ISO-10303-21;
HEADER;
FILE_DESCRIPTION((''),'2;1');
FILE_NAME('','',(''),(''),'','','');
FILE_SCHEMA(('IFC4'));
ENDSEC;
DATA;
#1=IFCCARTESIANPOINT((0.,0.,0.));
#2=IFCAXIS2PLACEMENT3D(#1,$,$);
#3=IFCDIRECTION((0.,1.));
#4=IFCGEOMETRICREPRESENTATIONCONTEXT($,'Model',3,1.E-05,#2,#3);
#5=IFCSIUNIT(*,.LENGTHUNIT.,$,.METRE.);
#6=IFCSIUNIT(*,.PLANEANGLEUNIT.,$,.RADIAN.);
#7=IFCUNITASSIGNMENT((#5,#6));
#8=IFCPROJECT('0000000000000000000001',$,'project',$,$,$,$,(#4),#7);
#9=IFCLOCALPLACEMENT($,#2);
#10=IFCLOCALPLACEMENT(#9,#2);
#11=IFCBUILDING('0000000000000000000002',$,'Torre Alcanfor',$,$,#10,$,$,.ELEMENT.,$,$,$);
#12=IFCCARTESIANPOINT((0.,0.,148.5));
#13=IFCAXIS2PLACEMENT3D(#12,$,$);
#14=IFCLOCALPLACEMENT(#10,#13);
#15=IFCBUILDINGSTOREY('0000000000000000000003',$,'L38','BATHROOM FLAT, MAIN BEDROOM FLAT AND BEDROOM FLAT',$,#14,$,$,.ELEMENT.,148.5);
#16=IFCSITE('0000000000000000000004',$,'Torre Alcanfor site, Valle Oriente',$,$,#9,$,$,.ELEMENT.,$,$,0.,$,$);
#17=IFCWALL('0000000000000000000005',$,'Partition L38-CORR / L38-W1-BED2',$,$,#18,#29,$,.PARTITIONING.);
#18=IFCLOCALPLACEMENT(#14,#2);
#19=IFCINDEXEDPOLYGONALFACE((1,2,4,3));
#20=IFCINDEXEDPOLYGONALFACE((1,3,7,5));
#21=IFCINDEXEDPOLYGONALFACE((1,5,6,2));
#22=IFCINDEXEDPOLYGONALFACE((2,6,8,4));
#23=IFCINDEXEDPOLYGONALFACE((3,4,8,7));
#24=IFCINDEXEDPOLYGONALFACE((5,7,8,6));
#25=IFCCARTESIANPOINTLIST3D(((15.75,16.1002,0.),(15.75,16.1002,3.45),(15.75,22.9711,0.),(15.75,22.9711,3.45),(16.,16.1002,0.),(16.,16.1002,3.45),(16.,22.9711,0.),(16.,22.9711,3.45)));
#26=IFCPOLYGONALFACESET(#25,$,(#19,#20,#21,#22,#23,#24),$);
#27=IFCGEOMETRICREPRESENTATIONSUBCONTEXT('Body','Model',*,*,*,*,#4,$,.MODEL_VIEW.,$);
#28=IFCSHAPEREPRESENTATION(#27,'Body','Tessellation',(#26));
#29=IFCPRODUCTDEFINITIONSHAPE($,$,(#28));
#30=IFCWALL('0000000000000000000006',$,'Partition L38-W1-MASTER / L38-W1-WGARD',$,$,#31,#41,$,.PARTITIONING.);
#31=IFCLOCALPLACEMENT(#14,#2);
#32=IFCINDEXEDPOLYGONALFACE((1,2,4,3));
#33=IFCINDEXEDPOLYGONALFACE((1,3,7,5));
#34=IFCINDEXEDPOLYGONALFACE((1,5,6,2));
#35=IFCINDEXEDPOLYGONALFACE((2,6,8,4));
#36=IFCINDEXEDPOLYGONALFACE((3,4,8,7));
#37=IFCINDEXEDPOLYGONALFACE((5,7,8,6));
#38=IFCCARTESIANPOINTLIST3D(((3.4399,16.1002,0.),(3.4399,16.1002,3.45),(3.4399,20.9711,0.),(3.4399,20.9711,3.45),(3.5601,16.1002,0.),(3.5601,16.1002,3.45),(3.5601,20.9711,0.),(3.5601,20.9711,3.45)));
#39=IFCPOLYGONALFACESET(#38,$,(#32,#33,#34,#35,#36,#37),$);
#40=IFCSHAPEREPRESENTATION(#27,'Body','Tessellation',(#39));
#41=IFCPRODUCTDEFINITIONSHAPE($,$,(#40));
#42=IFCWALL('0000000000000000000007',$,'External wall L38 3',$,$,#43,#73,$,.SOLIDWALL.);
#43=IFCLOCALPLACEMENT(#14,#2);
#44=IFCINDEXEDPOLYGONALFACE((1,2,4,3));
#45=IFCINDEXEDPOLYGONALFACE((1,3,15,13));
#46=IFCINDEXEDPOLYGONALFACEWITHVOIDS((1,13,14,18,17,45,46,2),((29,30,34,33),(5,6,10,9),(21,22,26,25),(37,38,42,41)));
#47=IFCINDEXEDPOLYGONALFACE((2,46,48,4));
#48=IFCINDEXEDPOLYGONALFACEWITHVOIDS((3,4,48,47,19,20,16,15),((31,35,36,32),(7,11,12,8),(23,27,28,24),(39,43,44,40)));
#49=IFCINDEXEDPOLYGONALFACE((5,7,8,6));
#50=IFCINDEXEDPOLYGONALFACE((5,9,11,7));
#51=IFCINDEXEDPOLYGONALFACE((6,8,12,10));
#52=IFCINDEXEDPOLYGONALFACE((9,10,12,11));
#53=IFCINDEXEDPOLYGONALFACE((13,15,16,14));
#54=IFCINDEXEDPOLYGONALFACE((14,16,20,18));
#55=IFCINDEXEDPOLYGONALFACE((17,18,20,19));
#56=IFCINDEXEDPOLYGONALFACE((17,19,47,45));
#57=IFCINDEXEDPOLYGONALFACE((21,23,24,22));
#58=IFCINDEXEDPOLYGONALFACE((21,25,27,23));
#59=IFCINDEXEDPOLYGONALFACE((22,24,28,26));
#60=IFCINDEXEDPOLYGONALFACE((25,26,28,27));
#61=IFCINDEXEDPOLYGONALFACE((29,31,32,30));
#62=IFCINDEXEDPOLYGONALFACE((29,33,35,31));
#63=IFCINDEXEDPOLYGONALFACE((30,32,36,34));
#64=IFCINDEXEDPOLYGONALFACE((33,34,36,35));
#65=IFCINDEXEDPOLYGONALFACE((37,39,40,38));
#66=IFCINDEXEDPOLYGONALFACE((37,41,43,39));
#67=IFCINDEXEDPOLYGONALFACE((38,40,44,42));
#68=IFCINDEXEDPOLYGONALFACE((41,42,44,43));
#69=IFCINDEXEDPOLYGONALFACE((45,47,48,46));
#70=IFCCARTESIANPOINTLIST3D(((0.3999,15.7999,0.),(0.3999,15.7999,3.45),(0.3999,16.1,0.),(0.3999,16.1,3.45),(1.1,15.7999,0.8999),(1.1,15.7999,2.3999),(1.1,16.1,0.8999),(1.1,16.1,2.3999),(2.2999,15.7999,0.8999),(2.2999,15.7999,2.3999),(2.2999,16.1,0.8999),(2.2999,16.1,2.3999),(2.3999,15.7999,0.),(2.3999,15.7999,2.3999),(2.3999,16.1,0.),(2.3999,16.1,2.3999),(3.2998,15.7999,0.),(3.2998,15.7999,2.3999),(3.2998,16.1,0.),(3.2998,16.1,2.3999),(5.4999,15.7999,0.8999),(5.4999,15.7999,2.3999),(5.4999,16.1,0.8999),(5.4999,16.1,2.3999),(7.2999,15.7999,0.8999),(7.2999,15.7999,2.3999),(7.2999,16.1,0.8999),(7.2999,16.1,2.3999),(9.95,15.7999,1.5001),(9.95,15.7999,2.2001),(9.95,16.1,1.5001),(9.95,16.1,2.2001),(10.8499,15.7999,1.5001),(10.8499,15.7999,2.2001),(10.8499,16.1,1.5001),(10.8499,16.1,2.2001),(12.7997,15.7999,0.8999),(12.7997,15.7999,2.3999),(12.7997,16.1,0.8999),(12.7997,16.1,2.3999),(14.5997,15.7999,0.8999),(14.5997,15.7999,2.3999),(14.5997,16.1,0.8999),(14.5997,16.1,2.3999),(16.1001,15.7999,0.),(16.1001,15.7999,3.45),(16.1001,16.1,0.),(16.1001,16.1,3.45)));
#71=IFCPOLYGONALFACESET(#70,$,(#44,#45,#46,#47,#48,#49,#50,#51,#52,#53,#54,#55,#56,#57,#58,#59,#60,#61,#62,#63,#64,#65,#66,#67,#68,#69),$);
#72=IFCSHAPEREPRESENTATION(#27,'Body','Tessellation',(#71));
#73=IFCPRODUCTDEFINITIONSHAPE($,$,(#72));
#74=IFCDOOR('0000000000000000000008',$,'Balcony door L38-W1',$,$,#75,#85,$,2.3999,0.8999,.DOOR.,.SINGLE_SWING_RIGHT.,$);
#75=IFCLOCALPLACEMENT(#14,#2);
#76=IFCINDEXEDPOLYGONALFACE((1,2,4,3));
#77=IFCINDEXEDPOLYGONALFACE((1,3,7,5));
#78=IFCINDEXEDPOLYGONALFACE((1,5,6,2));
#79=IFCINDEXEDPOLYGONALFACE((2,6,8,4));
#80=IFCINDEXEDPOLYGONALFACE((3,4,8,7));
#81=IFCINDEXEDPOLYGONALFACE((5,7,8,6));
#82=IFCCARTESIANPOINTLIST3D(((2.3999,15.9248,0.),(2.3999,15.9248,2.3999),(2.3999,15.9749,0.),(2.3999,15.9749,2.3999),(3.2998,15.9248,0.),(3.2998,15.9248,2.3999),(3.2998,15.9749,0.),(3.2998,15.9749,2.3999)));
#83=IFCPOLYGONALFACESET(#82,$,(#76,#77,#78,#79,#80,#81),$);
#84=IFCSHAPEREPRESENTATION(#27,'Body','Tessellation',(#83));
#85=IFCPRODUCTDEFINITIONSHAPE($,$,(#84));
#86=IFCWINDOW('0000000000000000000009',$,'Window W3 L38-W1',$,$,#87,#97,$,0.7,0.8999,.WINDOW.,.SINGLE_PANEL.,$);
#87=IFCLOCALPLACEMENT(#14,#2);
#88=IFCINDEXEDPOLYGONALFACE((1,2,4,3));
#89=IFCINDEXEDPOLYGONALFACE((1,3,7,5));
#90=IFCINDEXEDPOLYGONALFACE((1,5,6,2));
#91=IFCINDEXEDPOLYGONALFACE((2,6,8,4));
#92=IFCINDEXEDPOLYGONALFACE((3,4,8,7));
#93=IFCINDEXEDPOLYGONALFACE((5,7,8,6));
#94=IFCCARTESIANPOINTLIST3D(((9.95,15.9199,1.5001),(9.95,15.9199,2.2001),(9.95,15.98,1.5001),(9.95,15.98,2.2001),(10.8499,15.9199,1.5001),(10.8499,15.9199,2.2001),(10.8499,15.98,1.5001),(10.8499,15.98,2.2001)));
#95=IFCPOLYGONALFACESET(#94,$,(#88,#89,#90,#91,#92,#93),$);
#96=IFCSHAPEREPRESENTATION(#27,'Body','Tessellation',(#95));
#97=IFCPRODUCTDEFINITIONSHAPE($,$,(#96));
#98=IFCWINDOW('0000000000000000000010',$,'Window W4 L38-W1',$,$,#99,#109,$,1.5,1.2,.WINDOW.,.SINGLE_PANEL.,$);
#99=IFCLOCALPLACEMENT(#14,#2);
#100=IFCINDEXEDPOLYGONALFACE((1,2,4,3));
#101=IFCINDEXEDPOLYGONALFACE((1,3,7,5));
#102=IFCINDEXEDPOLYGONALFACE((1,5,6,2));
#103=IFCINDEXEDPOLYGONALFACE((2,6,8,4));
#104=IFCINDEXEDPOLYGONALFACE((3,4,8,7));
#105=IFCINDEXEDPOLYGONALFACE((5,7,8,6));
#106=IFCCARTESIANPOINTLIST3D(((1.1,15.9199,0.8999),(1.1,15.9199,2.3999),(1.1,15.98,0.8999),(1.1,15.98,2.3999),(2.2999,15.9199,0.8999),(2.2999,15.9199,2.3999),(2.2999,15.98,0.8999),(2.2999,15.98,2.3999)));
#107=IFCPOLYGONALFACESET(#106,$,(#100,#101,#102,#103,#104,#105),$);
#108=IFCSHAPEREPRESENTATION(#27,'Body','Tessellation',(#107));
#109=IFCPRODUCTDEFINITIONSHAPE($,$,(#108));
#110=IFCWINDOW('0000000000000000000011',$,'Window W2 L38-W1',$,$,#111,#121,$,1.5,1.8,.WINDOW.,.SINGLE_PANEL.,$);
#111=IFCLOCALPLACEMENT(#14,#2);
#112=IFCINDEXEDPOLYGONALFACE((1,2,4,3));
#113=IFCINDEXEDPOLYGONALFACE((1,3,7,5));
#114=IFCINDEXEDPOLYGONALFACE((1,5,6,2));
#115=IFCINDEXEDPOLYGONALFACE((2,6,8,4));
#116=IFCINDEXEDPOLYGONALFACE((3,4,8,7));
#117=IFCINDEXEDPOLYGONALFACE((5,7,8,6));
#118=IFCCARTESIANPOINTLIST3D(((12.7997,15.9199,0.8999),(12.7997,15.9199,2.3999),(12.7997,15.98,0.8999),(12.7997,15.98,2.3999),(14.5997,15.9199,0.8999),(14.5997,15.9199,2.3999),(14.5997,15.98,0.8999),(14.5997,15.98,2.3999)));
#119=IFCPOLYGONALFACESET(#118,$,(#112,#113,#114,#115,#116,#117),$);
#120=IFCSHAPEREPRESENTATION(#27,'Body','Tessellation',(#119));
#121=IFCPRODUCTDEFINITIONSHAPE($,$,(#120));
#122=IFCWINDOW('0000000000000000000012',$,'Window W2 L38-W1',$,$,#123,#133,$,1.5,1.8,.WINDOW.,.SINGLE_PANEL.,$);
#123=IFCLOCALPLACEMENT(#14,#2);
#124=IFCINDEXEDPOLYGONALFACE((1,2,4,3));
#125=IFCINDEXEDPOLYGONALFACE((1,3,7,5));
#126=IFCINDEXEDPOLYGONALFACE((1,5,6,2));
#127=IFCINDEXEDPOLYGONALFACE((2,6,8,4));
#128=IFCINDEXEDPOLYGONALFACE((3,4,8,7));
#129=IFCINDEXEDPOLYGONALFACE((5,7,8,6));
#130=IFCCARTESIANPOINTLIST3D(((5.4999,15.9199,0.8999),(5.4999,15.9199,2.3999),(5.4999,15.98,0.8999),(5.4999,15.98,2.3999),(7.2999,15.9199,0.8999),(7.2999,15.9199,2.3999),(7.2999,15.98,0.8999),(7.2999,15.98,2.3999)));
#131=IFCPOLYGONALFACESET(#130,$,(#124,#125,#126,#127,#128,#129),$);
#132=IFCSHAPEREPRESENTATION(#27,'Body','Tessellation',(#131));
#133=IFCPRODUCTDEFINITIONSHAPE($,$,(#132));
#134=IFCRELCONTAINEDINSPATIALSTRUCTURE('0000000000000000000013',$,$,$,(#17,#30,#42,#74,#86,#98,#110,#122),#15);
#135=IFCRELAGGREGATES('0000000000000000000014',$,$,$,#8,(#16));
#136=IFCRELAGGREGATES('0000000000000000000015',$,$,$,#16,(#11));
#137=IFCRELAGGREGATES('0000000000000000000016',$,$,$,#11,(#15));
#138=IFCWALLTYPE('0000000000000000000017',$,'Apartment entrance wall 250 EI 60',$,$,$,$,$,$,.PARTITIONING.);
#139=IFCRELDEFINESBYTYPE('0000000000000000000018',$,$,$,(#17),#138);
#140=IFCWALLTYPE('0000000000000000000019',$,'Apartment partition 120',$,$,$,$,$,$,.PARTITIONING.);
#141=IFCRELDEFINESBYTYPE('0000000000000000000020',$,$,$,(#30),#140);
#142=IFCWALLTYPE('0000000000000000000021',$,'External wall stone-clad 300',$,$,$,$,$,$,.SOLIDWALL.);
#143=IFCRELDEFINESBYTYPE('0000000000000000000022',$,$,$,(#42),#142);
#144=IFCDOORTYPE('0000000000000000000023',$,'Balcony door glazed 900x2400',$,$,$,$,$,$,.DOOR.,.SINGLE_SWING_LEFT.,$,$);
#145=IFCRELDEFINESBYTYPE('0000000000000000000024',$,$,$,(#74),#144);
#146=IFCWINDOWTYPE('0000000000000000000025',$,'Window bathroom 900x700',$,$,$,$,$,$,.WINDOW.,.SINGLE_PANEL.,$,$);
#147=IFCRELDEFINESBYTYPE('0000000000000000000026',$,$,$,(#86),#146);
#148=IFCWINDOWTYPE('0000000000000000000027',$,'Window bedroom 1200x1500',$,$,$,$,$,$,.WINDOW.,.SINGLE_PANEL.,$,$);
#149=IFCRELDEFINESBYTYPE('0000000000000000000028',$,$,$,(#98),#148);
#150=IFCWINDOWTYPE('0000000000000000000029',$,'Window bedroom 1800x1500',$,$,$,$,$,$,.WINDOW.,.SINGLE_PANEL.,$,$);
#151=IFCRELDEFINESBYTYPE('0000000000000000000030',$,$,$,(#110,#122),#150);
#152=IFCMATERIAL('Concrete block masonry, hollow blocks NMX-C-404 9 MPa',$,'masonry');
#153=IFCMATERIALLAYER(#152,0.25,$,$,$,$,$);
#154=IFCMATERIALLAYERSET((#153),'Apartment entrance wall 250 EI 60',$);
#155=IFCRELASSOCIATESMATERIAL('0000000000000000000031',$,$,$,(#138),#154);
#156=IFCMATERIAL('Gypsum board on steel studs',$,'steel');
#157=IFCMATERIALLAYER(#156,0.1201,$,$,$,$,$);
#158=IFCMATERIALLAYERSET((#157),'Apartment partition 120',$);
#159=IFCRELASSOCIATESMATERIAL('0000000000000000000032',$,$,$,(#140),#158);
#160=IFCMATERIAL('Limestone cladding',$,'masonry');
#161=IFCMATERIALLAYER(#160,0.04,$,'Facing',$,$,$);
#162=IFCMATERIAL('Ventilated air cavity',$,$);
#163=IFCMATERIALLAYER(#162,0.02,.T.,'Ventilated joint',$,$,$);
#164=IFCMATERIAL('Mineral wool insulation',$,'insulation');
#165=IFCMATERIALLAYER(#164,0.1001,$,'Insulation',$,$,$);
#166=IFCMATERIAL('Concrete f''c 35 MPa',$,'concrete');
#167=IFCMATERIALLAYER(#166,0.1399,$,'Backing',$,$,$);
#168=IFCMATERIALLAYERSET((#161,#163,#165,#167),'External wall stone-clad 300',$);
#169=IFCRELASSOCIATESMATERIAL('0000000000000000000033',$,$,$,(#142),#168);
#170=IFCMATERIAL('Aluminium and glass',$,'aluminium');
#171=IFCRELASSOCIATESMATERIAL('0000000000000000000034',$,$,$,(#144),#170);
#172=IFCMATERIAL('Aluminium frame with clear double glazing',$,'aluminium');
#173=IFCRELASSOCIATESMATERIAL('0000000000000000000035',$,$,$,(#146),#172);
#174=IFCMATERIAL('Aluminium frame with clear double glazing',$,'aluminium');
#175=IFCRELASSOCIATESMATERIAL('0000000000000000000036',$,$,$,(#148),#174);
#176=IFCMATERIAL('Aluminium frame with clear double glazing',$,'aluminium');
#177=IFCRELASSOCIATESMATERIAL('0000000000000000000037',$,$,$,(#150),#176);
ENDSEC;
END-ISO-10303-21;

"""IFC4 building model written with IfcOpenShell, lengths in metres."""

from ifc_helpers import new_model, si_unit, direction, frame, frame_2d, origin, place, context, subcontext, project, spatial, rectangle, extrude, material, layer, layer_set, type_object, element, fill, save


model = new_model("IFC4")

# Units and contexts
model_context = context("Model", 3, precision=1e-05, world=origin(), true_north=direction((0.0, 1.0)))
body_context = subcontext(model_context, "Body", "Model", "MODEL_VIEW")
ifc_project = project(units=[si_unit("LENGTHUNIT", "METRE"), si_unit("PLANEANGLEUNIT", "RADIAN")], contexts=[model_context])

# Site, building, storey
site_placement = place(None, origin())
site = spatial("IfcSite", under=ifc_project, at=site_placement, Name="Torre Alcanfor site, Valle Oriente", CompositionType="ELEMENT", RefElevation=0.0)
building_placement = place(site_placement, origin())
building = spatial("IfcBuilding", under=site, at=building_placement, Name="Torre Alcanfor", CompositionType="ELEMENT")
storey_placement = place(building_placement, frame((0.0, 0.0, 148.5)))
storey = spatial("IfcBuildingStorey", under=building, at=storey_placement, Name="L38", Description="BATHROOM FLAT, MAIN BEDROOM FLAT AND BEDROOM FLAT", CompositionType="ELEMENT", Elevation=148.5)

# Walls
ifc_material_1 = material(Name="Concrete block masonry, hollow blocks NMX-C-404 9 MPa", Category="masonry")
ifc_layer_1 = layer(ifc_material_1, 0.25)
ifc_layer_set_1 = layer_set([ifc_layer_1], Name="Apartment entrance wall 250 EI 60")
wall_type_1 = type_object("IfcWallType", Name="Apartment entrance wall 250 EI 60", PredefinedType="PARTITIONING", material=ifc_layer_set_1)
wall_1_placement = place(storey_placement, frame((15.875, 16.1001, 0.0), z_axis=(0.0, 0.0, 1.0), x_axis=(0.0, 1.0, 0.0)))
element("IfcWall", 1, at=wall_1_placement, inside=storey, type_object=wall_type_1, Name="Partition L38-CORR / L38-W1-BED2", PredefinedType="PARTITIONING", context=body_context, shape_type="SweptSolid", body=[
    extrude(rectangle(XDim=6.8708, YDim=0.25, at=frame_2d((3.4355, 0.0))), origin(), (0.0, 0.0, 1.0), 3.45),
])
ifc_material_2 = material(Name="Gypsum board on steel studs", Category="steel")
ifc_layer_2 = layer(ifc_material_2, 0.1201)
ifc_layer_set_2 = layer_set([ifc_layer_2], Name="Apartment partition 120")
wall_type_2 = type_object("IfcWallType", Name="Apartment partition 120", PredefinedType="PARTITIONING", material=ifc_layer_set_2)
wall_2_placement = place(storey_placement, frame((3.5, 16.1001, 0.0), z_axis=(0.0, 0.0, 1.0), x_axis=(0.0, 1.0, 0.0)))
element("IfcWall", 2, at=wall_2_placement, inside=storey, type_object=wall_type_2, Name="Partition L38-W1-MASTER / L38-W1-WGARD", PredefinedType="PARTITIONING", context=body_context, shape_type="SweptSolid", body=[
    extrude(rectangle(XDim=4.8708, YDim=0.1201, at=frame_2d((2.4355, 0.0))), origin(), (0.0, 0.0, 1.0), 3.45),
])

# Wall, openings, door, windows
ifc_material_3 = material(Name="Limestone cladding", Category="masonry")
ifc_layer_3 = layer(ifc_material_3, 0.04, Name="Facing")
ifc_material_4 = material(Name="Ventilated air cavity")
ifc_layer_4 = layer(ifc_material_4, 0.02, ventilated=True, Name="Ventilated joint")
ifc_material_5 = material(Name="Mineral wool insulation", Category="insulation")
ifc_layer_5 = layer(ifc_material_5, 0.1001, Name="Insulation")
ifc_material_6 = material(Name="Concrete f'c 35 MPa", Category="concrete")
ifc_layer_6 = layer(ifc_material_6, 0.1399, Name="Backing")
ifc_layer_set_3 = layer_set([ifc_layer_3, ifc_layer_4, ifc_layer_5, ifc_layer_6], Name="External wall stone-clad 300")
wall_type_3 = type_object("IfcWallType", Name="External wall stone-clad 300", PredefinedType="SOLIDWALL", material=ifc_layer_set_3)
wall_3_placement = place(storey_placement, frame((0.3999, 15.95, 0.0), z_axis=(0.0, 0.0, 1.0), x_axis=(1.0, 0.0, 0.0)))
wall_3 = element("IfcWall", 3, at=wall_3_placement, inside=storey, type_object=wall_type_3, Name="External wall L38 3", PredefinedType="SOLIDWALL", context=body_context, shape_type="SweptSolid", body=[
    extrude(rectangle(XDim=15.7002, YDim=0.3, at=frame_2d((7.8501, 0.0))), origin(), (0.0, 0.0, 1.0), 3.45),
])
opening_1_placement = place(wall_3_placement, frame((12.3999, 0.0, 0.8999)))
opening_1 = element("IfcOpeningElement", 4, at=opening_1_placement, cuts=wall_3, PredefinedType="OPENING", context=body_context, shape_type="SweptSolid", body=[
    extrude(rectangle(XDim=1.8, YDim=1.5, at=frame_2d((0.8999, 0.75))), frame((0.0, 0.1599, 0.0), z_axis=(0.0, -1.0, 0.0), x_axis=(1.0, 0.0, 0.0)), (0.0, 0.0, 1.0), 0.3201),
])
opening_2_placement = place(wall_3_placement, frame((9.55, 0.0, 1.5)))
opening_2 = element("IfcOpeningElement", 5, at=opening_2_placement, cuts=wall_3, PredefinedType="OPENING", context=body_context, shape_type="SweptSolid", body=[
    extrude(rectangle(XDim=0.8999, YDim=0.7, at=frame_2d((0.45, 0.3501))), frame((0.0, 0.1599, 0.0), z_axis=(0.0, -1.0, 0.0), x_axis=(1.0, 0.0, 0.0)), (0.0, 0.0, 1.0), 0.3201),
])
opening_3_placement = place(wall_3_placement, frame((5.1001, 0.0, 0.8999)))
opening_3 = element("IfcOpeningElement", 6, at=opening_3_placement, cuts=wall_3, PredefinedType="OPENING", context=body_context, shape_type="SweptSolid", body=[
    extrude(rectangle(XDim=1.8, YDim=1.5, at=frame_2d((0.8999, 0.75))), frame((0.0, 0.1599, 0.0), z_axis=(0.0, -1.0, 0.0), x_axis=(1.0, 0.0, 0.0)), (0.0, 0.0, 1.0), 0.3201),
])
opening_4_placement = place(wall_3_placement, frame((2.0, 0.0, 0.0)))
opening_4 = element("IfcOpeningElement", 7, at=opening_4_placement, cuts=wall_3, PredefinedType="OPENING", context=body_context, shape_type="SweptSolid", body=[
    extrude(rectangle(XDim=0.8999, YDim=2.3999, at=frame_2d((0.45, 1.2))), frame((0.0, 0.1599, 0.0), z_axis=(0.0, -1.0, 0.0), x_axis=(1.0, 0.0, 0.0)), (0.0, 0.0, 1.0), 0.3201),
])
opening_5_placement = place(wall_3_placement, frame((0.7, 0.0, 0.8999)))
opening_5 = element("IfcOpeningElement", 8, at=opening_5_placement, cuts=wall_3, PredefinedType="OPENING", context=body_context, shape_type="SweptSolid", body=[
    extrude(rectangle(XDim=1.2, YDim=1.5, at=frame_2d((0.6001, 0.75))), frame((0.0, 0.1599, 0.0), z_axis=(0.0, -1.0, 0.0), x_axis=(1.0, 0.0, 0.0)), (0.0, 0.0, 1.0), 0.3201),
])
ifc_material_7 = material(Name="Aluminium and glass", Category="aluminium")
door_type = type_object("IfcDoorType", Name="Balcony door glazed 900x2400", OperationType="SINGLE_SWING_LEFT", PredefinedType="DOOR", material=ifc_material_7)
door_placement = place(opening_4_placement, origin())
door = element("IfcDoor", 9, at=door_placement, inside=storey, type_object=door_type, Name="Balcony door L38-W1", OperationType="SINGLE_SWING_RIGHT", OverallHeight=2.3999, OverallWidth=0.8999, PredefinedType="DOOR", context=body_context, shape_type="SweptSolid", body=[
    extrude(rectangle(XDim=0.8999, YDim=2.3999, at=frame_2d((0.45, 1.2))), frame((0.0, 0.0249, 0.0), z_axis=(0.0, -1.0, 0.0), x_axis=(1.0, 0.0, 0.0)), (0.0, 0.0, 1.0), 0.05),
])
fill(opening_4, door)
ifc_material_8 = material(Name="Aluminium frame with clear double glazing", Category="aluminium")
window_type_1 = type_object("IfcWindowType", Name="Window bathroom 900x700", PartitioningType="SINGLE_PANEL", PredefinedType="WINDOW", material=ifc_material_8)
window_1_placement = place(opening_2_placement, origin())
window_1 = element("IfcWindow", 10, at=window_1_placement, inside=storey, type_object=window_type_1, Name="Window W3 L38-W1", OverallHeight=0.7, OverallWidth=0.8999, PartitioningType="SINGLE_PANEL", PredefinedType="WINDOW", context=body_context, shape_type="SweptSolid", body=[
    extrude(rectangle(XDim=0.8999, YDim=0.7, at=frame_2d((0.45, 0.3501))), frame((0.0, 0.03, 0.0), z_axis=(0.0, -1.0, 0.0), x_axis=(1.0, 0.0, 0.0)), (0.0, 0.0, 1.0), 0.0601),
])
fill(opening_2, window_1)
ifc_material_9 = material(Name="Aluminium frame with clear double glazing", Category="aluminium")
window_type_2 = type_object("IfcWindowType", Name="Window bedroom 1200x1500", PartitioningType="SINGLE_PANEL", PredefinedType="WINDOW", material=ifc_material_9)
window_2_placement = place(opening_5_placement, origin())
window_2 = element("IfcWindow", 11, at=window_2_placement, inside=storey, type_object=window_type_2, Name="Window W4 L38-W1", OverallHeight=1.5, OverallWidth=1.2, PartitioningType="SINGLE_PANEL", PredefinedType="WINDOW", context=body_context, shape_type="SweptSolid", body=[
    extrude(rectangle(XDim=1.2, YDim=1.5, at=frame_2d((0.6001, 0.75))), frame((0.0, 0.03, 0.0), z_axis=(0.0, -1.0, 0.0), x_axis=(1.0, 0.0, 0.0)), (0.0, 0.0, 1.0), 0.0601),
])
fill(opening_5, window_2)
ifc_material_10 = material(Name="Aluminium frame with clear double glazing", Category="aluminium")
window_type_3 = type_object("IfcWindowType", Name="Window bedroom 1800x1500", PartitioningType="SINGLE_PANEL", PredefinedType="WINDOW", material=ifc_material_10)
window_3_placement = place(opening_1_placement, origin())
window_3 = element("IfcWindow", 12, at=window_3_placement, inside=storey, type_object=window_type_3, Name="Window W2 L38-W1", OverallHeight=1.5, OverallWidth=1.8, PartitioningType="SINGLE_PANEL", PredefinedType="WINDOW", context=body_context, shape_type="SweptSolid", body=[
    extrude(rectangle(XDim=1.8, YDim=1.5, at=frame_2d((0.8999, 0.75))), frame((0.0, 0.03, 0.0), z_axis=(0.0, -1.0, 0.0), x_axis=(1.0, 0.0, 0.0)), (0.0, 0.0, 1.0), 0.0601),
])
fill(opening_1, window_3)
window_4_placement = place(opening_3_placement, origin())
window_4 = element("IfcWindow", 13, at=window_4_placement, inside=storey, type_object=window_type_3, Name="Window W2 L38-W1", OverallHeight=1.5, OverallWidth=1.8, PartitioningType="SINGLE_PANEL", PredefinedType="WINDOW", context=body_context, shape_type="SweptSolid", body=[
    extrude(rectangle(XDim=1.8, YDim=1.5, at=frame_2d((0.8999, 0.75))), frame((0.0, 0.03, 0.0), z_axis=(0.0, -1.0, 0.0), x_axis=(1.0, 0.0, 0.0)), (0.0, 0.0, 1.0), 0.0601),
])
fill(opening_3, window_4)

save(model, "model.ifc")
